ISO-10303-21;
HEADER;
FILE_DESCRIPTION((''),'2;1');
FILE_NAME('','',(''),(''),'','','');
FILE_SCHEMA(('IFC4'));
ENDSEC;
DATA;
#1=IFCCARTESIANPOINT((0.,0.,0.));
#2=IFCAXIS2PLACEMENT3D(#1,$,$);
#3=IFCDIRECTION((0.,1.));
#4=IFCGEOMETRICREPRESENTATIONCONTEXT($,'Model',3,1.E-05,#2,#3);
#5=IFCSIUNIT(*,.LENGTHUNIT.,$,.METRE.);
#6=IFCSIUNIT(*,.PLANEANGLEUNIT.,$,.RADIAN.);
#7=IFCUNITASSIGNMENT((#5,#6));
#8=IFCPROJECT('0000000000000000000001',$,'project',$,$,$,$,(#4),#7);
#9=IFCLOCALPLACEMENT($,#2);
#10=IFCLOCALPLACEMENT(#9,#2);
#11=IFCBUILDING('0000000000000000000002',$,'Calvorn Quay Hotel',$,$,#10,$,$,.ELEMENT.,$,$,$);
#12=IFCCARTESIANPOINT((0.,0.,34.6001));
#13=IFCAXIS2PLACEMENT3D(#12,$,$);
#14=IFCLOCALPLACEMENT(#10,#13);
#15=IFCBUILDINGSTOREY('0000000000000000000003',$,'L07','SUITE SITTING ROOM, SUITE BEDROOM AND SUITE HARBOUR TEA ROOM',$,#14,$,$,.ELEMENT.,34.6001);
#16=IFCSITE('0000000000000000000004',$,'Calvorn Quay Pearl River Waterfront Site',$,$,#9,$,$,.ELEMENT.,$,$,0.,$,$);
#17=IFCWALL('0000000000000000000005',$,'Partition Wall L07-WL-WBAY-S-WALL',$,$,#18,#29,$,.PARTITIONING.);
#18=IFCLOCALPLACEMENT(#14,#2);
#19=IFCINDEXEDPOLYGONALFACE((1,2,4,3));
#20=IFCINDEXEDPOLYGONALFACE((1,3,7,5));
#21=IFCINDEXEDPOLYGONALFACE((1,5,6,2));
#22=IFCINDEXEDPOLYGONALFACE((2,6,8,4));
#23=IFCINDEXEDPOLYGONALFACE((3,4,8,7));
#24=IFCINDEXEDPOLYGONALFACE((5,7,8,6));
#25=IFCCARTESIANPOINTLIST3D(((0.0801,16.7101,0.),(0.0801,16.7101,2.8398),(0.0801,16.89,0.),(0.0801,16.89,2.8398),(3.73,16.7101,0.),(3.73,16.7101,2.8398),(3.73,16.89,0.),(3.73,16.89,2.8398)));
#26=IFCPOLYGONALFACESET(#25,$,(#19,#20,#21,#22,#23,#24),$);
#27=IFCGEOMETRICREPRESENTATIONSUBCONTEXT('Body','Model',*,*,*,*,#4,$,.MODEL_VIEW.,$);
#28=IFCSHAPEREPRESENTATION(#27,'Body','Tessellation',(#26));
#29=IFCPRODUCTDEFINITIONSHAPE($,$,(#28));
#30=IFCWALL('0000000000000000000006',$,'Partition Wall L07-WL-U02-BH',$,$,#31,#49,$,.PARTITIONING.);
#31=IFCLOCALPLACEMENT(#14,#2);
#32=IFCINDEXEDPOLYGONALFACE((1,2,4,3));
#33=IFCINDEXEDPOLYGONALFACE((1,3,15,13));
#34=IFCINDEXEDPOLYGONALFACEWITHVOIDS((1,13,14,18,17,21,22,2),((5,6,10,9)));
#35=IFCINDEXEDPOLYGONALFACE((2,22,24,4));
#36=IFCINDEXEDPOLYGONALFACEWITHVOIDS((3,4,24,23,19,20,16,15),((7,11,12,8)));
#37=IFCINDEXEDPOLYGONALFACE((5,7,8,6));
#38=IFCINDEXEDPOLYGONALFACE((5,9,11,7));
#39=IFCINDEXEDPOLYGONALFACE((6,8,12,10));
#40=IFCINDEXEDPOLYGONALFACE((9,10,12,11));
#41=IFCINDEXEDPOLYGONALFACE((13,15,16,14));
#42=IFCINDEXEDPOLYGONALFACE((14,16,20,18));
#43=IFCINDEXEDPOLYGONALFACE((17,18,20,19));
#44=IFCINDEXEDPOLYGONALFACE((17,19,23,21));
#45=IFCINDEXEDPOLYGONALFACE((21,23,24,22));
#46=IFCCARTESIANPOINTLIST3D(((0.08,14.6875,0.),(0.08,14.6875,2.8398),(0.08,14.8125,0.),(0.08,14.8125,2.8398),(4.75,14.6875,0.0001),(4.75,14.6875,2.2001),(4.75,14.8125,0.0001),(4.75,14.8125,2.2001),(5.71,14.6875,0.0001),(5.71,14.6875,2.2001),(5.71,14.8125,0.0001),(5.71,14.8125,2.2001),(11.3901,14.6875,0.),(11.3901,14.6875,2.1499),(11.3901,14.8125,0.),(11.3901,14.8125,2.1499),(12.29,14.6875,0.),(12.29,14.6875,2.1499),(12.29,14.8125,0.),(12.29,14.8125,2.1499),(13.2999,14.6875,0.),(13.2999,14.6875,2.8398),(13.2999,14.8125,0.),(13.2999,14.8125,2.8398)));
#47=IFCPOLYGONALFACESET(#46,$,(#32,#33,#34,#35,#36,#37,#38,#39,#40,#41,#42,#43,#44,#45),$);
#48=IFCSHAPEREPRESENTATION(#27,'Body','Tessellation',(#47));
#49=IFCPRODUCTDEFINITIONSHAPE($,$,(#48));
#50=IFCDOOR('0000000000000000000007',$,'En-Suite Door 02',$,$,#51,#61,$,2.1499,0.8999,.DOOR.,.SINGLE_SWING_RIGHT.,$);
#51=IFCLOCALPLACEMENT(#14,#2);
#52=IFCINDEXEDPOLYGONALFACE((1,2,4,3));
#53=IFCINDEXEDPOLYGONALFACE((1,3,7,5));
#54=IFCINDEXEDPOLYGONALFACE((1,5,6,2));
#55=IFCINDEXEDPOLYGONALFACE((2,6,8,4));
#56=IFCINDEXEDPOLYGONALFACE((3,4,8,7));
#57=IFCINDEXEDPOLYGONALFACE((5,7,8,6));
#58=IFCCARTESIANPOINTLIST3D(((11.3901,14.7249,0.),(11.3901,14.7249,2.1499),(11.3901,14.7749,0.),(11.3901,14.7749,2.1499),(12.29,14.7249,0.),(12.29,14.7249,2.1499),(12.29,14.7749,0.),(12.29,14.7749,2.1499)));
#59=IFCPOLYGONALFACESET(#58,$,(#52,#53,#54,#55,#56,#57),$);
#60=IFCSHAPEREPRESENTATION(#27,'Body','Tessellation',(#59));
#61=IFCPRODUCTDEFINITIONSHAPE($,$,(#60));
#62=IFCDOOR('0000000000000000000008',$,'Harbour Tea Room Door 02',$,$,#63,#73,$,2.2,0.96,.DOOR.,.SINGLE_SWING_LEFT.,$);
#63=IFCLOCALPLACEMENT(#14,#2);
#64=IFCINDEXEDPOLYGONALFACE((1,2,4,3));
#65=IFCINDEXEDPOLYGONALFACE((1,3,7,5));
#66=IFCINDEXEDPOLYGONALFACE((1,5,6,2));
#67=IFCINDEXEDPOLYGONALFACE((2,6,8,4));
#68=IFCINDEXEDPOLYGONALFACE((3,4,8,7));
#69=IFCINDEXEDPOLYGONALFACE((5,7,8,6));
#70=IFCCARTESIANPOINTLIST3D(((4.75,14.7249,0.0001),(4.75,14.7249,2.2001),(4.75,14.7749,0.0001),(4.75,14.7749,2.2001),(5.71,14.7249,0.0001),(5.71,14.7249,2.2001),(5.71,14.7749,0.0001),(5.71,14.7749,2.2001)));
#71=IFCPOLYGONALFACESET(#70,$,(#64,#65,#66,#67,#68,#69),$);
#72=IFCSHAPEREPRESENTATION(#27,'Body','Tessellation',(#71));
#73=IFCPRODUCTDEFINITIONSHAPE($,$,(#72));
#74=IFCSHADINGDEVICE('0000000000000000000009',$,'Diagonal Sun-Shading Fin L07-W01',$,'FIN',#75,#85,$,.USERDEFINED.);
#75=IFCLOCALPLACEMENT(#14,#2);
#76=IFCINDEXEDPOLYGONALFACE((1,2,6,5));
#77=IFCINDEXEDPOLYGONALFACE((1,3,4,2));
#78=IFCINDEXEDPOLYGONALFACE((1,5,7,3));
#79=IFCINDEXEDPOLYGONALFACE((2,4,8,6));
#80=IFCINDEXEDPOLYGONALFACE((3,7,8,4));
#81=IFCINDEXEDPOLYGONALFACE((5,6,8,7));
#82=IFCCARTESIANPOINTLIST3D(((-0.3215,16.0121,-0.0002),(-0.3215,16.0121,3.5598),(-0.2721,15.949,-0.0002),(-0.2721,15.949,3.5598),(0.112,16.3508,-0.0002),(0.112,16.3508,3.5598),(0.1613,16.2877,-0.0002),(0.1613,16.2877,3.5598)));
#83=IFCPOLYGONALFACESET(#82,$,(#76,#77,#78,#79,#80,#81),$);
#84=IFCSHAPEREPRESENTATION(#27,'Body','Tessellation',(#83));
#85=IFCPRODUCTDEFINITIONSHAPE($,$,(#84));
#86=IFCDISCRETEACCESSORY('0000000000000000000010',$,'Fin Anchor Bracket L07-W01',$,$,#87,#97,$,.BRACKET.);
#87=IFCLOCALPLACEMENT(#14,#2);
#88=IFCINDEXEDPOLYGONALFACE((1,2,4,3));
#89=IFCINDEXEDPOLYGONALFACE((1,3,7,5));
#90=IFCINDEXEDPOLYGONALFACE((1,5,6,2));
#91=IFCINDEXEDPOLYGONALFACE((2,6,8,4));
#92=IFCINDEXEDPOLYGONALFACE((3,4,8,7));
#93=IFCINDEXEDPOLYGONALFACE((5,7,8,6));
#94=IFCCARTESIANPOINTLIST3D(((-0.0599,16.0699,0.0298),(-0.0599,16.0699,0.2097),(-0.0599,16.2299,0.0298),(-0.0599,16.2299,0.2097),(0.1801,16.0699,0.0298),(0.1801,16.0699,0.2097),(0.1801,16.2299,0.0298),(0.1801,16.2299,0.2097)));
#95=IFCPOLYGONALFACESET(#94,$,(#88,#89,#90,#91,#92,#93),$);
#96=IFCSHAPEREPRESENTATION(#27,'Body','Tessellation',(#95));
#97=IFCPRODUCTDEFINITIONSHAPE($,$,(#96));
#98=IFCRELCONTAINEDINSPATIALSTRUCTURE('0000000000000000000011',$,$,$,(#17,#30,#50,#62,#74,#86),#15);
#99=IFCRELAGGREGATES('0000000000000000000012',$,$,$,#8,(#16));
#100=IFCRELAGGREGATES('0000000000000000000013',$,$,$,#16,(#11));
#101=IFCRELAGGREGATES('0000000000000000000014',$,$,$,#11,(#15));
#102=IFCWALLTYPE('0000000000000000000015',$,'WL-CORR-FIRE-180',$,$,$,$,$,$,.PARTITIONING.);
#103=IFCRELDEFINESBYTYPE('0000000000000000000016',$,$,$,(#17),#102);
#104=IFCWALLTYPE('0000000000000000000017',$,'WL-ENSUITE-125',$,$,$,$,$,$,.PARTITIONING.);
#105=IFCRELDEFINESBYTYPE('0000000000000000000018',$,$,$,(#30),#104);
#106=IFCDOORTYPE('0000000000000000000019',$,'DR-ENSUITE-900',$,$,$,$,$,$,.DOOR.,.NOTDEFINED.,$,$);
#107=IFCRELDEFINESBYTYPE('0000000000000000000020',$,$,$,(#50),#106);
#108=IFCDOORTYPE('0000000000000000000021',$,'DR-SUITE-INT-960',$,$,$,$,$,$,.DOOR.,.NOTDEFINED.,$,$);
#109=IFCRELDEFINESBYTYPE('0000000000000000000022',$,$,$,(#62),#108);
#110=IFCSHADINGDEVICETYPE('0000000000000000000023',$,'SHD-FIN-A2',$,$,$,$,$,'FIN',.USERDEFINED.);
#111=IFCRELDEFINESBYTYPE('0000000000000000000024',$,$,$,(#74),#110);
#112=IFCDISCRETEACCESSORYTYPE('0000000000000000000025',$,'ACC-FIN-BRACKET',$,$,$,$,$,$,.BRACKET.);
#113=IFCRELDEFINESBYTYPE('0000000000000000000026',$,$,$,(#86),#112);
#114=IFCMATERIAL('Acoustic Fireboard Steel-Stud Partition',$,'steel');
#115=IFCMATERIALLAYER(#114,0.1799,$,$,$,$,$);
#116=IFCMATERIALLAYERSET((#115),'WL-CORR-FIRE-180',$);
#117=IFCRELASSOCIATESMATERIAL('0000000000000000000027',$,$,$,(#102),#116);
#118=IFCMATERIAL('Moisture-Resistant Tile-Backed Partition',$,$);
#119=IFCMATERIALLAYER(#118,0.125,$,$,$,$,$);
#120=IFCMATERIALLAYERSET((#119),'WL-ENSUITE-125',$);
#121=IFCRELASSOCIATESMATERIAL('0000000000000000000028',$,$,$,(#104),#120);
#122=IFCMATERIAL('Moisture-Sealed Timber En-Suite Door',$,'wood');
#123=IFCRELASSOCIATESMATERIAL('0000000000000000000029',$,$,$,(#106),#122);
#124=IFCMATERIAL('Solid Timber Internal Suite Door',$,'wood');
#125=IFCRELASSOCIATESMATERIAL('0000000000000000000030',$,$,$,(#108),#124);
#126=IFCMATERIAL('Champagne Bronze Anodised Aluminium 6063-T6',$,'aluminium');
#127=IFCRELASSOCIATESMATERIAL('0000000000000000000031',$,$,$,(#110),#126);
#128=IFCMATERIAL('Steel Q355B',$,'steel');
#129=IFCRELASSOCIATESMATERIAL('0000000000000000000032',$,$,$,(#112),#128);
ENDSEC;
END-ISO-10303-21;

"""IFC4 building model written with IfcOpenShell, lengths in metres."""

from ifc_helpers import new_model, si_unit, direction, frame, frame_2d, origin, origin_2d, place, context, subcontext, project, spatial, rectangle, extrude, material, layer, layer_set, type_object, element, fill, save


model = new_model("IFC4")

# Units and contexts
model_context = context("Model", 3, precision=1e-05, world=origin(), true_north=direction((0.0, 1.0)))
body_context = subcontext(model_context, "Body", "Model", "MODEL_VIEW")
ifc_project = project(units=[si_unit("LENGTHUNIT", "METRE"), si_unit("PLANEANGLEUNIT", "RADIAN")], contexts=[model_context])

# Site, building, storey
site_placement = place(None, origin())
site = spatial("IfcSite", under=ifc_project, at=site_placement, Name="Calvorn Quay Pearl River Waterfront Site", CompositionType="ELEMENT", RefElevation=0.0)
building_placement = place(site_placement, origin())
building = spatial("IfcBuilding", under=site, at=building_placement, Name="Calvorn Quay Hotel", CompositionType="ELEMENT")
storey_placement = place(building_placement, frame((0.0, 0.0, 34.6001)))
storey = spatial("IfcBuildingStorey", under=building, at=storey_placement, Name="L07", Description="SUITE SITTING ROOM, SUITE BEDROOM AND SUITE HARBOUR TEA ROOM", CompositionType="ELEMENT", Elevation=34.6001)

# Wall
ifc_material_1 = material(Name="Acoustic Fireboard Steel-Stud Partition", Category="steel")
ifc_layer_1 = layer(ifc_material_1, 0.1799)
ifc_layer_set_1 = layer_set([ifc_layer_1], Name="WL-CORR-FIRE-180")
wall_type_1 = type_object("IfcWallType", Name="WL-CORR-FIRE-180", PredefinedType="PARTITIONING", material=ifc_layer_set_1)
wall_1_placement = place(storey_placement, frame((0.0801, 16.8, 0.0), z_axis=(0.0, 0.0, 1.0), x_axis=(1.0, 0.0, 0.0)))
element("IfcWall", 1, at=wall_1_placement, inside=storey, type_object=wall_type_1, Name="Partition Wall L07-WL-WBAY-S-WALL", PredefinedType="PARTITIONING", context=body_context, shape_type="SweptSolid", body=[
    extrude(rectangle(XDim=3.6499, YDim=0.1799, at=frame_2d((1.825, 0.0))), origin(), (0.0, 0.0, 1.0), 2.8398),
])

# Wall, openings, doors
ifc_material_2 = material(Name="Moisture-Resistant Tile-Backed Partition")
ifc_layer_2 = layer(ifc_material_2, 0.125)
ifc_layer_set_2 = layer_set([ifc_layer_2], Name="WL-ENSUITE-125")
wall_type_2 = type_object("IfcWallType", Name="WL-ENSUITE-125", PredefinedType="PARTITIONING", material=ifc_layer_set_2)
wall_2_placement = place(storey_placement, frame((0.0801, 14.75, 0.0), z_axis=(0.0, 0.0, 1.0), x_axis=(1.0, 0.0, 0.0)))
wall_2 = element("IfcWall", 2, at=wall_2_placement, inside=storey, type_object=wall_type_2, Name="Partition Wall L07-WL-U02-BH", PredefinedType="PARTITIONING", context=body_context, shape_type="SweptSolid", body=[
    extrude(rectangle(XDim=13.22, YDim=0.125, at=frame_2d((6.6099, 0.0))), origin(), (0.0, 0.0, 1.0), 2.8398),
])
opening_1_placement = place(wall_2_placement, frame((4.6699, 0.0, 0.0)))
opening_1 = element("IfcOpeningElement", 3, at=opening_1_placement, cuts=wall_2, PredefinedType="OPENING", context=body_context, shape_type="SweptSolid", body=[
    extrude(rectangle(XDim=0.96, YDim=2.2, at=frame_2d((0.48, 1.1001))), frame((0.0, 0.0725, 0.0), z_axis=(0.0, -1.0, 0.0), x_axis=(1.0, 0.0, 0.0)), (0.0, 0.0, 1.0), 0.145),
])
opening_2_placement = place(wall_2_placement, frame((11.3101, 0.0, 0.0)))
opening_2 = element("IfcOpeningElement", 4, at=opening_2_placement, cuts=wall_2, PredefinedType="OPENING", context=body_context, shape_type="SweptSolid", body=[
    extrude(rectangle(XDim=0.8999, YDim=2.1499, at=frame_2d((0.45, 1.075))), frame((0.0, 0.0725, 0.0), z_axis=(0.0, -1.0, 0.0), x_axis=(1.0, 0.0, 0.0)), (0.0, 0.0, 1.0), 0.145),
])
ifc_material_3 = material(Name="Moisture-Sealed Timber En-Suite Door", Category="wood")
door_type_1 = type_object("IfcDoorType", Name="DR-ENSUITE-900", OperationType="NOTDEFINED", PredefinedType="DOOR", material=ifc_material_3)
door_1_placement = place(opening_2_placement, origin())
door_1 = element("IfcDoor", 5, at=door_1_placement, inside=storey, type_object=door_type_1, Name="En-Suite Door 02", OperationType="SINGLE_SWING_RIGHT", OverallHeight=2.1499, OverallWidth=0.8999, PredefinedType="DOOR", context=body_context, shape_type="SweptSolid", body=[
    extrude(rectangle(XDim=0.8999, YDim=2.1499, at=frame_2d((0.45, 1.075))), frame((0.0, 0.0249, 0.0), z_axis=(0.0, -1.0, 0.0), x_axis=(1.0, 0.0, 0.0)), (0.0, 0.0, 1.0), 0.05),
])
fill(opening_2, door_1)
ifc_material_4 = material(Name="Solid Timber Internal Suite Door", Category="wood")
door_type_2 = type_object("IfcDoorType", Name="DR-SUITE-INT-960", OperationType="NOTDEFINED", PredefinedType="DOOR", material=ifc_material_4)
door_2_placement = place(opening_1_placement, origin())
door_2 = element("IfcDoor", 6, at=door_2_placement, inside=storey, type_object=door_type_2, Name="Harbour Tea Room Door 02", OperationType="SINGLE_SWING_LEFT", OverallHeight=2.2, OverallWidth=0.96, PredefinedType="DOOR", context=body_context, shape_type="SweptSolid", body=[
    extrude(rectangle(XDim=0.96, YDim=2.2, at=frame_2d((0.48, 1.1001))), frame((0.0, 0.0249, 0.0), z_axis=(0.0, -1.0, 0.0), x_axis=(1.0, 0.0, 0.0)), (0.0, 0.0, 1.0), 0.05),
])
fill(opening_1, door_2)

# Shading device
ifc_material_5 = material(Name="Champagne Bronze Anodised Aluminium 6063-T6", Category="aluminium")
shading_device_type = type_object("IfcShadingDeviceType", Name="SHD-FIN-A2", ElementType="FIN", PredefinedType="USERDEFINED", material=ifc_material_5)
shading_device_placement = place(storey_placement, frame((-0.0801, 16.1499, -0.0002), z_axis=(0.0, 0.0, 1.0), x_axis=(0.788011, 0.615661, 0.0)))
element("IfcShadingDevice", 7, at=shading_device_placement, inside=storey, type_object=shading_device_type, Name="Diagonal Sun-Shading Fin L07-W01", ObjectType="FIN", PredefinedType="USERDEFINED", context=body_context, shape_type="SweptSolid", body=[
    extrude(rectangle(XDim=0.55, YDim=0.0801, at=origin_2d()), origin(), (0.0, 0.0, 1.0), 3.5601),
])

# Discrete accessory
ifc_material_6 = material(Name="Steel Q355B", Category="steel")
discrete_accessory_type = type_object("IfcDiscreteAccessoryType", Name="ACC-FIN-BRACKET", PredefinedType="BRACKET", material=ifc_material_6)
discrete_accessory_placement = place(storey_placement, frame((0.0601, 16.1499, 0.0298), z_axis=(0.0, 0.0, 1.0), x_axis=(1.0, 0.0, 0.0)))
element("IfcDiscreteAccessory", 8, at=discrete_accessory_placement, inside=storey, type_object=discrete_accessory_type, Name="Fin Anchor Bracket L07-W01", PredefinedType="BRACKET", context=body_context, shape_type="SweptSolid", body=[
    extrude(rectangle(XDim=0.24, YDim=0.1599, at=origin_2d()), origin(), (0.0, 0.0, 1.0), 0.1799),
])

save(model, "model.ifc")
